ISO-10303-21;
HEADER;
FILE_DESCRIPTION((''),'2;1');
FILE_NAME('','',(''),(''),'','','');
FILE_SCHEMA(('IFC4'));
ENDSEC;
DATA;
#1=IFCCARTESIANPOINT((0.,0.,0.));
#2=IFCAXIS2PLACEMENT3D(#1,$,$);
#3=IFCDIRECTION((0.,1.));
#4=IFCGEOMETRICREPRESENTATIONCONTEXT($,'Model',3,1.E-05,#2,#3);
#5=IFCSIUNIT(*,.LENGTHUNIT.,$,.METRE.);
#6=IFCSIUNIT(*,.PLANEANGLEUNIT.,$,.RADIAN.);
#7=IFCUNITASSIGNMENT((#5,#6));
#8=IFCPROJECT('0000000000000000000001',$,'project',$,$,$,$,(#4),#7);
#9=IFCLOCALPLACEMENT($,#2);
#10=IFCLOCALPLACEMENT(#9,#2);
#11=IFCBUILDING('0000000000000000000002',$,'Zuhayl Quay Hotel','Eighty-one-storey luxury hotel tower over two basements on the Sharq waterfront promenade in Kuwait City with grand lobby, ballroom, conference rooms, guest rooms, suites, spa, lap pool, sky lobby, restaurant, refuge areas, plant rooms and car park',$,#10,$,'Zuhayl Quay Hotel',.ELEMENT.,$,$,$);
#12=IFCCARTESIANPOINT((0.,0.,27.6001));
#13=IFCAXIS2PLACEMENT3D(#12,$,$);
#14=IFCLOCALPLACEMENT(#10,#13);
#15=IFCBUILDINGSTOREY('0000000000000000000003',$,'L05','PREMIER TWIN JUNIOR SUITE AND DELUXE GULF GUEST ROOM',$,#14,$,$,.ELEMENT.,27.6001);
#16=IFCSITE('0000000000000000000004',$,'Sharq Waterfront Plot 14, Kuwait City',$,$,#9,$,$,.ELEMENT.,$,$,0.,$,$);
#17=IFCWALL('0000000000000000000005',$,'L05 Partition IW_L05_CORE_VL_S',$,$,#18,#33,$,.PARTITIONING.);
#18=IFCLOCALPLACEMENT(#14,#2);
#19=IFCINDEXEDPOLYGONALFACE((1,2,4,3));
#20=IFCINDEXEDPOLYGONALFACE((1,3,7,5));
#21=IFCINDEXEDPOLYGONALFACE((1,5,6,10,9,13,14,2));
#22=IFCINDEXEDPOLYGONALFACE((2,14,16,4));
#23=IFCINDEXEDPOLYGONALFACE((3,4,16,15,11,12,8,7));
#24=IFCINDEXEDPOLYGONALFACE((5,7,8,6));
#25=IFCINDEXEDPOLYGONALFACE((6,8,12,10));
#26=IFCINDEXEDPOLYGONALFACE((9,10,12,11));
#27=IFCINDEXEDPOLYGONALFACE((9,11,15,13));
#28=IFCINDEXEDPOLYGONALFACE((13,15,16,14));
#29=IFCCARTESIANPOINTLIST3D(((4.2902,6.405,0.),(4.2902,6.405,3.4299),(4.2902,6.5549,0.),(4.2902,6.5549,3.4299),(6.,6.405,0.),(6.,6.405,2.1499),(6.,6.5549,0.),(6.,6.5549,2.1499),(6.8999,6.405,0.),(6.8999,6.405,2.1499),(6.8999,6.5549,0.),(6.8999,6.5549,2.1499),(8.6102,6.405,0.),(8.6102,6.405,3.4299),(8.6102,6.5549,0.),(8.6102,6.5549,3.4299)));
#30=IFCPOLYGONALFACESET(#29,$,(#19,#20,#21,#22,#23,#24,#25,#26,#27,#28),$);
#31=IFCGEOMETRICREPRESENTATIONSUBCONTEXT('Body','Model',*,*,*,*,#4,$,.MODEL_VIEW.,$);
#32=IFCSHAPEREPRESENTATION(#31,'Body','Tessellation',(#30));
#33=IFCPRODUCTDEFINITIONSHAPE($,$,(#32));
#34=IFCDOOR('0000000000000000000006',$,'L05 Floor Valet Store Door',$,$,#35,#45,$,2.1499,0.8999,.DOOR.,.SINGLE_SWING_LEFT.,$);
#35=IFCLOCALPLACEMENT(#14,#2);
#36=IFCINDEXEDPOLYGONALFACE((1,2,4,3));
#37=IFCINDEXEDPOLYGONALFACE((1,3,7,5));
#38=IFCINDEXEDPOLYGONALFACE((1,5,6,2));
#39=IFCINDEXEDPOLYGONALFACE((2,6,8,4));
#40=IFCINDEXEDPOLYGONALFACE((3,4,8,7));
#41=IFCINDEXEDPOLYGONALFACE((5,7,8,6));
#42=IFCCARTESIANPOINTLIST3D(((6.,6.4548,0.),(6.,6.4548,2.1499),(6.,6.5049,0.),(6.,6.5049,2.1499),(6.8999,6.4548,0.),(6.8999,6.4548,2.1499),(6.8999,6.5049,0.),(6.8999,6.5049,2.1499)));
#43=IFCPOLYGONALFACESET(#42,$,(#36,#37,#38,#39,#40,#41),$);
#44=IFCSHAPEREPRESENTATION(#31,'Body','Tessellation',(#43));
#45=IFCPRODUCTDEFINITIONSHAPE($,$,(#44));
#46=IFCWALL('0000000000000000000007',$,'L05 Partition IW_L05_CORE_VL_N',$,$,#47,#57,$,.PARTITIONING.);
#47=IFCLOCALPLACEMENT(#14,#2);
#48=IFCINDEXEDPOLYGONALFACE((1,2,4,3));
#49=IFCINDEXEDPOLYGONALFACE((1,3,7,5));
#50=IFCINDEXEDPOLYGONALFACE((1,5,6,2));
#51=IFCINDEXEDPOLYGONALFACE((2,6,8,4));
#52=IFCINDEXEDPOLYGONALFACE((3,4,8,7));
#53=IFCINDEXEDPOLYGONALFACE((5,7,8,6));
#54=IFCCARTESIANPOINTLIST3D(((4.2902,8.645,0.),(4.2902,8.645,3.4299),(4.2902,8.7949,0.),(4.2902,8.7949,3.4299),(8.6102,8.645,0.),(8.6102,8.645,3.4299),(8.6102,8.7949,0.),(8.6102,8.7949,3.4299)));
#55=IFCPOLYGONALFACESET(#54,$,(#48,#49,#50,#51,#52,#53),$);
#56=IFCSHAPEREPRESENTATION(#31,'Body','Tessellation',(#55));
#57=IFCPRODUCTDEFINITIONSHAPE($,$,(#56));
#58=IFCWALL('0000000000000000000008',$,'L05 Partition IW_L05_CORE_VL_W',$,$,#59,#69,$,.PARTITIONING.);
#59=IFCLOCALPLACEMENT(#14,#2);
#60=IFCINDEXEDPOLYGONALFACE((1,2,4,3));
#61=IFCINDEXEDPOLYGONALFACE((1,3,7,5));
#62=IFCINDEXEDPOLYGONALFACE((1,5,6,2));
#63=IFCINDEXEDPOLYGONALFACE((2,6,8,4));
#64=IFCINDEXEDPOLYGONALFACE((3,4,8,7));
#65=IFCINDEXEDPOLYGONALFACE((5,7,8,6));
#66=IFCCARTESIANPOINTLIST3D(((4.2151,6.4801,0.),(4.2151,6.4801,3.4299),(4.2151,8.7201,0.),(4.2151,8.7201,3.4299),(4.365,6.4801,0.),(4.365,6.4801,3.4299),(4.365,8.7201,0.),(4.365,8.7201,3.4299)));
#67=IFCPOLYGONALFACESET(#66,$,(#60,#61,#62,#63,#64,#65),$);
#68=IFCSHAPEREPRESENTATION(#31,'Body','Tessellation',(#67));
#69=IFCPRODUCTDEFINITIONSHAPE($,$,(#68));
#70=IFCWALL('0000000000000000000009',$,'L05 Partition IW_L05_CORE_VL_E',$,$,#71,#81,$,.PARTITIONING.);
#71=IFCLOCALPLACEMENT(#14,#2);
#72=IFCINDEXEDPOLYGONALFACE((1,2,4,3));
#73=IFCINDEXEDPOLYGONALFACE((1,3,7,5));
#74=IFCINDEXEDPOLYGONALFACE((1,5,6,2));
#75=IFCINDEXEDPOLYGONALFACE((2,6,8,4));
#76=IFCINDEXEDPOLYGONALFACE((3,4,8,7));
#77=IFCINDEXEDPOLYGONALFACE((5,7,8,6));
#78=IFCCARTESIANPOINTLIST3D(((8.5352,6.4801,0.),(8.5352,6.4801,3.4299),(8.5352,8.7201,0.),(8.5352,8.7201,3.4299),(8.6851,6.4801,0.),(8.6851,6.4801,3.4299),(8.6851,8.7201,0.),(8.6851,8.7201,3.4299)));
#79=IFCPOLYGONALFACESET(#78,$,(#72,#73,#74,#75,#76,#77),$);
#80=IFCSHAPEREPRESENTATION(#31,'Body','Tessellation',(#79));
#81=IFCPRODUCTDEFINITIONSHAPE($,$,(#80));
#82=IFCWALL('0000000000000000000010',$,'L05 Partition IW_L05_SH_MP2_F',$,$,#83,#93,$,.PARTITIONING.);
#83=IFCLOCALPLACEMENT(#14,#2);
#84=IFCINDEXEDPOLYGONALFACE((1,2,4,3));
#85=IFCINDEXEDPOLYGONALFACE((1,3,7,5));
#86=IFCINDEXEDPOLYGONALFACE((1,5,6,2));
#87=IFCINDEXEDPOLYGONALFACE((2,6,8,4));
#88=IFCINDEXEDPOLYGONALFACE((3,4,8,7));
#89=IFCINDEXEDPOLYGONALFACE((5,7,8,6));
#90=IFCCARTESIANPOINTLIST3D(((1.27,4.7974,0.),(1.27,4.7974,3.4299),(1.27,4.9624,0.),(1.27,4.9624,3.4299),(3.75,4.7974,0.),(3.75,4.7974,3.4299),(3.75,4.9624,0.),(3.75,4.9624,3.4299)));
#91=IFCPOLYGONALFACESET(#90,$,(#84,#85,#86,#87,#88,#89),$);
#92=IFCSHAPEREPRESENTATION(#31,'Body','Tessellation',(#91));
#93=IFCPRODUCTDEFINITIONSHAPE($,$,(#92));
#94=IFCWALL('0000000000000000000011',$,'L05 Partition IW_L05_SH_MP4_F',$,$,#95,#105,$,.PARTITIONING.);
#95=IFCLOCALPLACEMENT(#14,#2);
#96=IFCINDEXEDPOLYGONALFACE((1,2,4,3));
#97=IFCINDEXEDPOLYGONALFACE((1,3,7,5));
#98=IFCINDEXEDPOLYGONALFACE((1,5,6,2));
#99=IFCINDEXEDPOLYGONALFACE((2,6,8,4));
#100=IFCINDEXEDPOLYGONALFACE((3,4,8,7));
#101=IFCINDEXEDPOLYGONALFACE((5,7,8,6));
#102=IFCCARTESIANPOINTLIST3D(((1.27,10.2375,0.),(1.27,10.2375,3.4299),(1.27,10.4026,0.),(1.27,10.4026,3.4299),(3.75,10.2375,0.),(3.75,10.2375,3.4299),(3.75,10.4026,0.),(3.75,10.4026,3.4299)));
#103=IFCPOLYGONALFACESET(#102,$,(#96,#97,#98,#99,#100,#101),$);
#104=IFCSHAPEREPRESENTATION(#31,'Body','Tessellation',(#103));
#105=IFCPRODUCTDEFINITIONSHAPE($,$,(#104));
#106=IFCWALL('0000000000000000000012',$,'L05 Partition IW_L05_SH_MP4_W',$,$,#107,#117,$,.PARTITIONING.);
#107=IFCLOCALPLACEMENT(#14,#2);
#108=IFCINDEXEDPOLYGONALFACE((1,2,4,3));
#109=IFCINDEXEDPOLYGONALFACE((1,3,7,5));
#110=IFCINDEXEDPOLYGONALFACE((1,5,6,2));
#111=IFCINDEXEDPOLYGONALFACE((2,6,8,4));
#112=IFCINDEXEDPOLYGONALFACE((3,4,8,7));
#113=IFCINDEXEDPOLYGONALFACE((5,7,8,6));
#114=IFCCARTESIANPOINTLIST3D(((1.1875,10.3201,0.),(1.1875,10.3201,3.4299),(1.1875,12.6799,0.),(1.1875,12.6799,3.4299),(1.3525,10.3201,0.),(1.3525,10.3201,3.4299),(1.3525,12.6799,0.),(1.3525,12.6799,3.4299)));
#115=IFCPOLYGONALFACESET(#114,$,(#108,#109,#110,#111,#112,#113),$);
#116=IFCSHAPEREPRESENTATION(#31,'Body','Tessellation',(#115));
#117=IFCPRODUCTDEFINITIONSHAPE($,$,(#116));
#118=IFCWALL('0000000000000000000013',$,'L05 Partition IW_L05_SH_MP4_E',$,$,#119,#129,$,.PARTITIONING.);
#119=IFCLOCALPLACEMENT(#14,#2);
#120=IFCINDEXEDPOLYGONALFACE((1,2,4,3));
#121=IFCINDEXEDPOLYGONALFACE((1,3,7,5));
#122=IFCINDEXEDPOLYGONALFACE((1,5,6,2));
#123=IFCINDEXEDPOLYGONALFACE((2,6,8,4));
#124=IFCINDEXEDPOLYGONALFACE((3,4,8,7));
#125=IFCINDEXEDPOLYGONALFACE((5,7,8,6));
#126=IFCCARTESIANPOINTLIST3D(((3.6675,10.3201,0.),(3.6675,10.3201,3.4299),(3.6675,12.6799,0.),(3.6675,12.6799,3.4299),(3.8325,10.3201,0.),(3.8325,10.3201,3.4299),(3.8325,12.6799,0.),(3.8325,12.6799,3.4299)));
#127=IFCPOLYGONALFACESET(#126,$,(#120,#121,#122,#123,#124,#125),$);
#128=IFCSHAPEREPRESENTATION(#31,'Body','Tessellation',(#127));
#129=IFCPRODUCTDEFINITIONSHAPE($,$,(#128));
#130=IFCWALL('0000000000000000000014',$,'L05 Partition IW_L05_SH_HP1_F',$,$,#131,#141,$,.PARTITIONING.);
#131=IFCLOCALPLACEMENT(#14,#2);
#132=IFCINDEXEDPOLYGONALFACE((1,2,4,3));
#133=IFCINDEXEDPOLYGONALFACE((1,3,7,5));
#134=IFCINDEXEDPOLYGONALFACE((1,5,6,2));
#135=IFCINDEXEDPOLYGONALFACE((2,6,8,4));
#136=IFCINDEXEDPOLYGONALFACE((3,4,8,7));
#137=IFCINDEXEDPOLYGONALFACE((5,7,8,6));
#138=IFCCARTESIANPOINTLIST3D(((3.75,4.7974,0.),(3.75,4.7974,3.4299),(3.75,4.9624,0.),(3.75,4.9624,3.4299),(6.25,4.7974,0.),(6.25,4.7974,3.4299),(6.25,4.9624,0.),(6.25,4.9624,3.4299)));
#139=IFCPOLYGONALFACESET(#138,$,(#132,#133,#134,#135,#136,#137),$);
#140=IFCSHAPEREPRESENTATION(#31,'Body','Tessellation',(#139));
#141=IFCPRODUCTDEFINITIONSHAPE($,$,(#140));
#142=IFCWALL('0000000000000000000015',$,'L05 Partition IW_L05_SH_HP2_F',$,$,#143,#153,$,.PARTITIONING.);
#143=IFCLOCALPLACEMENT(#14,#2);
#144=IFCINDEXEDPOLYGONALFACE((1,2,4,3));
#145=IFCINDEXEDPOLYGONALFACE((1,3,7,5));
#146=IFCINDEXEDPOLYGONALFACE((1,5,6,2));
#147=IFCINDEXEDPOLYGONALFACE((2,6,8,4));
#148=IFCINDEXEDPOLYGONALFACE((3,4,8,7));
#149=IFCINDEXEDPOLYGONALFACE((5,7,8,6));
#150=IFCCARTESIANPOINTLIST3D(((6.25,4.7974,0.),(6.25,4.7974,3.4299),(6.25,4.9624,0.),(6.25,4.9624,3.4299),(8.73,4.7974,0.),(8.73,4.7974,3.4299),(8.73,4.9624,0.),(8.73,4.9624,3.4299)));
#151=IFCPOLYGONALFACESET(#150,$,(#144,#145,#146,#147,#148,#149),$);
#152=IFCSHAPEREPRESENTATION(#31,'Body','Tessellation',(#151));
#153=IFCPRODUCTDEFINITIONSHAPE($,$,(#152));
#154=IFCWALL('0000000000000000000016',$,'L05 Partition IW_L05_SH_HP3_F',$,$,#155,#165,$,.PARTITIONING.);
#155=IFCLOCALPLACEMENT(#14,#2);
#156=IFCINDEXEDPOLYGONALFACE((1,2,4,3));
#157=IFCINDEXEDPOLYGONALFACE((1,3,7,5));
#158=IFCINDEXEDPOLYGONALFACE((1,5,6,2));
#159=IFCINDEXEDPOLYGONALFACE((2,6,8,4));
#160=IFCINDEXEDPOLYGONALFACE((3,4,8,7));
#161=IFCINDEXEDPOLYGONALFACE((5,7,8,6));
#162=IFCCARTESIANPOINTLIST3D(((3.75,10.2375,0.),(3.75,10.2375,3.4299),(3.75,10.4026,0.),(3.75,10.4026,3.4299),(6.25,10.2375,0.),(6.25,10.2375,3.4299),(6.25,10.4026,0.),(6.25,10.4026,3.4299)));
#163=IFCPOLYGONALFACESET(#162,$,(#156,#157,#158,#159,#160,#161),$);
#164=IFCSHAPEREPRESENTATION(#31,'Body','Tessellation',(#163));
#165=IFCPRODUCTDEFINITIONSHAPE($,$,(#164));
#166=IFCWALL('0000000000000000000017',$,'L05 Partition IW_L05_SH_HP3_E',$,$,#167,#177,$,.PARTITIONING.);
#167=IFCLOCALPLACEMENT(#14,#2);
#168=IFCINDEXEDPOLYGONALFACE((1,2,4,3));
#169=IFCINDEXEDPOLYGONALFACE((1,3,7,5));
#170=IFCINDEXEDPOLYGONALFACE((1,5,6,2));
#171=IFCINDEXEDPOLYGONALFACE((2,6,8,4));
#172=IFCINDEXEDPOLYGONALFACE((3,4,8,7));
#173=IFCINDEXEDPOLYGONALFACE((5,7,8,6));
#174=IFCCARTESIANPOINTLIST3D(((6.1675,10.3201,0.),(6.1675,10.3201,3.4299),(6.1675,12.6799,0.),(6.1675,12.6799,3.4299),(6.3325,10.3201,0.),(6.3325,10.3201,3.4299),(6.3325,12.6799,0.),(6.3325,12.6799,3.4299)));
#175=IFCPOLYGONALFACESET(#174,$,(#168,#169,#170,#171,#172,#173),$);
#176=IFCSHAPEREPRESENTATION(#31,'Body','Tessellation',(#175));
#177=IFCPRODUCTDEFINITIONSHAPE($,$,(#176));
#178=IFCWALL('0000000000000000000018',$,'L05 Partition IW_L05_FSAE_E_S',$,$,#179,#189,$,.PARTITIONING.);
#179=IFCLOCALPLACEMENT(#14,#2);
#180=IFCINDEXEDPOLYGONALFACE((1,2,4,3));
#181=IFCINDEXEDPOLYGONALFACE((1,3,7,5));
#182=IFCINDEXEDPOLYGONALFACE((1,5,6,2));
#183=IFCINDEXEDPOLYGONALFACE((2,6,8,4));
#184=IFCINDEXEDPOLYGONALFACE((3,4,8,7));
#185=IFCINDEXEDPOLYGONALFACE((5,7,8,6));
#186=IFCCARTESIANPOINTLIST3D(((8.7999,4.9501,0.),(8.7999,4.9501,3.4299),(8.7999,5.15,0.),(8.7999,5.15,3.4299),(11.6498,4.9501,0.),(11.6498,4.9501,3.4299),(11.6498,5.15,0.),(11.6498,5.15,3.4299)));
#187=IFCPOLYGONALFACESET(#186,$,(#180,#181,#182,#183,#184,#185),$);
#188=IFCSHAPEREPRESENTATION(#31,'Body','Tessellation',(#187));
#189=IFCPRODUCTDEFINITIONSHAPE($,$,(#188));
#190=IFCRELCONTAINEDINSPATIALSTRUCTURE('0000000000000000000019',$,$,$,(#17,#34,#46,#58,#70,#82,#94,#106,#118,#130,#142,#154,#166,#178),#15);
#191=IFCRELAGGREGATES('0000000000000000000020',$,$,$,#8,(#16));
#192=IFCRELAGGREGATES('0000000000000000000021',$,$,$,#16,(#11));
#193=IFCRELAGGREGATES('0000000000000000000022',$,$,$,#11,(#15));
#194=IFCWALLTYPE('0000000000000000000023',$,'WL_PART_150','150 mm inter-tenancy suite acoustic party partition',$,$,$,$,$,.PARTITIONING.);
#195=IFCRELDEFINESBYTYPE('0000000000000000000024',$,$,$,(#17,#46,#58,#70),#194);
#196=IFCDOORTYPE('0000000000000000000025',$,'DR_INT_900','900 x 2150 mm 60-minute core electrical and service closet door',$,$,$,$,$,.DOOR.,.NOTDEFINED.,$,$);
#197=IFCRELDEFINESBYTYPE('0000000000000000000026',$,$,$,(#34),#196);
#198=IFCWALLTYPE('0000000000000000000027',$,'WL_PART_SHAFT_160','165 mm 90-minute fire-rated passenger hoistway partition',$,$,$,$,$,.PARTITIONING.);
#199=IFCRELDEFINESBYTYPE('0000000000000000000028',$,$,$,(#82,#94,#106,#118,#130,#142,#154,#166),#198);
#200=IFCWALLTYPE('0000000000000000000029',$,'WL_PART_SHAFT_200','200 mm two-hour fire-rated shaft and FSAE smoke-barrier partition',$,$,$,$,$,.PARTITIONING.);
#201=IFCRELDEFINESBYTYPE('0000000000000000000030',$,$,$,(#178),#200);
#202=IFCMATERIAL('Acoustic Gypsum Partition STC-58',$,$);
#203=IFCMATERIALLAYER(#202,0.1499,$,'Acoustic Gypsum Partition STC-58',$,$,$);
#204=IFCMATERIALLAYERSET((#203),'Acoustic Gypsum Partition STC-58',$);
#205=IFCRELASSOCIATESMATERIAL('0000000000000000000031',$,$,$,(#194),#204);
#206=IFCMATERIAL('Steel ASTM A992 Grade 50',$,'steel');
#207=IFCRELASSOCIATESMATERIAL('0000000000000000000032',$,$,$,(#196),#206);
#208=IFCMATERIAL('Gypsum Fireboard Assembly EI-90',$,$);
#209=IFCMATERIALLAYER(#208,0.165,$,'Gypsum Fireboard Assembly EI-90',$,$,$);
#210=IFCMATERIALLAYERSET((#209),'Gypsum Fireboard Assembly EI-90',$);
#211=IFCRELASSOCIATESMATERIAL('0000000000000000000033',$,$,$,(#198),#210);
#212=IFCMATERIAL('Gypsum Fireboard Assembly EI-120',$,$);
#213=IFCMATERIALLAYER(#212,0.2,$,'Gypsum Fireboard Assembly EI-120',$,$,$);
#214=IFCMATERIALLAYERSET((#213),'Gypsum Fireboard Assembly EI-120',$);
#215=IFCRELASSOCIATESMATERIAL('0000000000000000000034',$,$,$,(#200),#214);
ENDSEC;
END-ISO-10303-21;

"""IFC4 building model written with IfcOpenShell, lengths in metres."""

from ifc_helpers import new_model, si_unit, direction, frame, frame_2d, origin, place, context, subcontext, project, spatial, rectangle, extrude, material, layer, layer_set, type_object, element, fill, save


model = new_model("IFC4")

# Units and contexts
model_context = context("Model", 3, precision=1e-05, world=origin(), true_north=direction((0.0, 1.0)))
body_context = subcontext(model_context, "Body", "Model", "MODEL_VIEW")
ifc_project = project(units=[si_unit("LENGTHUNIT", "METRE"), si_unit("PLANEANGLEUNIT", "RADIAN")], contexts=[model_context])

# Site, building, storey
site_placement = place(None, origin())
site = spatial("IfcSite", under=ifc_project, at=site_placement, Name="Sharq Waterfront Plot 14, Kuwait City", CompositionType="ELEMENT", RefElevation=0.0)
building_placement = place(site_placement, origin())
building = spatial("IfcBuilding", under=site, at=building_placement, Name="Zuhayl Quay Hotel", Description="Eighty-one-storey luxury hotel tower over two basements on the Sharq waterfront promenade in Kuwait City with grand lobby, ballroom, conference rooms, guest rooms, suites, spa, lap pool, sky lobby, restaurant, refuge areas, plant rooms and car park", LongName="Zuhayl Quay Hotel", CompositionType="ELEMENT")
storey_placement = place(building_placement, frame((0.0, 0.0, 27.6001)))
storey = spatial("IfcBuildingStorey", under=building, at=storey_placement, Name="L05", Description="PREMIER TWIN JUNIOR SUITE AND DELUXE GULF GUEST ROOM", CompositionType="ELEMENT", Elevation=27.6001)

# Wall, opening, door
ifc_material_1 = material(Name="Acoustic Gypsum Partition STC-58")
ifc_layer_1 = layer(ifc_material_1, 0.1499, Name="Acoustic Gypsum Partition STC-58")
ifc_layer_set_1 = layer_set([ifc_layer_1], Name="Acoustic Gypsum Partition STC-58")
wall_type_1 = type_object("IfcWallType", Name="WL_PART_150", Description="150 mm inter-tenancy suite acoustic party partition", PredefinedType="PARTITIONING", material=ifc_layer_set_1)
wall_1_placement = place(storey_placement, frame((4.29, 6.48, 0.0), z_axis=(0.0, 0.0, 1.0), x_axis=(1.0, 0.0, 0.0)))
wall_1 = element("IfcWall", 1, at=wall_1_placement, inside=storey, type_object=wall_type_1, Name="L05 Partition IW_L05_CORE_VL_S", PredefinedType="PARTITIONING", context=body_context, shape_type="SweptSolid", body=[
    extrude(rectangle(XDim=4.3201, YDim=0.1499, at=frame_2d((2.1602, 0.0))), origin(), (0.0, 0.0, 1.0), 3.4299),
])
opening_placement = place(wall_1_placement, frame((1.71, 0.0, 0.0)))
opening = element("IfcOpeningElement", 2, at=opening_placement, cuts=wall_1, PredefinedType="OPENING", context=body_context, shape_type="SweptSolid", body=[
    extrude(rectangle(XDim=0.8999, YDim=2.1499, at=frame_2d((0.45, 1.075))), frame((0.0, 0.085, 0.0), z_axis=(0.0, -1.0, 0.0), x_axis=(1.0, 0.0, 0.0)), (0.0, 0.0, 1.0), 0.1699),
])
ifc_material_2 = material(Name="Steel ASTM A992 Grade 50", Category="steel")
door_type = type_object("IfcDoorType", Name="DR_INT_900", Description="900 x 2150 mm 60-minute core electrical and service closet door", OperationType="NOTDEFINED", PredefinedType="DOOR", material=ifc_material_2)
door_placement = place(opening_placement, origin())
door = element("IfcDoor", 3, at=door_placement, inside=storey, type_object=door_type, Name="L05 Floor Valet Store Door", OperationType="SINGLE_SWING_LEFT", OverallHeight=2.1499, OverallWidth=0.8999, PredefinedType="DOOR", context=body_context, shape_type="SweptSolid", body=[
    extrude(rectangle(XDim=0.8999, YDim=2.1499, at=frame_2d((0.45, 1.075))), frame((0.0, 0.0249, 0.0), z_axis=(0.0, -1.0, 0.0), x_axis=(1.0, 0.0, 0.0)), (0.0, 0.0, 1.0), 0.05),
])
fill(opening, door)

# Walls
wall_2_placement = place(storey_placement, frame((4.29, 8.72, 0.0), z_axis=(0.0, 0.0, 1.0), x_axis=(1.0, 0.0, 0.0)))
element("IfcWall", 4, at=wall_2_placement, inside=storey, type_object=wall_type_1, Name="L05 Partition IW_L05_CORE_VL_N", PredefinedType="PARTITIONING", context=body_context, shape_type="SweptSolid", body=[
    extrude(rectangle(XDim=4.3201, YDim=0.1499, at=frame_2d((2.1602, 0.0))), origin(), (0.0, 0.0, 1.0), 3.4299),
])
for number, where, z_axis, x_axis, name in (
    (5, (4.29, 6.48, 0.0), (0.0, 0.0, 1.0), (0.0, 1.0, 0.0), "L05 Partition IW_L05_CORE_VL_W"),
    (6, (8.6101, 6.48, 0.0), (0.0, 0.0, 1.0), (0.0, 1.0, 0.0), "L05 Partition IW_L05_CORE_VL_E"),
):
    element("IfcWall", number, at=place(storey_placement, frame(where, z_axis=z_axis, x_axis=x_axis)), inside=storey, type_object=wall_type_1, Name=name, PredefinedType="PARTITIONING", context=body_context, shape_type="SweptSolid", body=[
        extrude(rectangle(XDim=2.24, YDim=0.1499, at=frame_2d((1.1201, 0.0))), origin(), (0.0, 0.0, 1.0), 3.4299),
    ])
ifc_material_3 = material(Name="Gypsum Fireboard Assembly EI-90")
ifc_layer_2 = layer(ifc_material_3, 0.165, Name="Gypsum Fireboard Assembly EI-90")
ifc_layer_set_2 = layer_set([ifc_layer_2], Name="Gypsum Fireboard Assembly EI-90")
wall_type_2 = type_object("IfcWallType", Name="WL_PART_SHAFT_160", Description="165 mm 90-minute fire-rated passenger hoistway partition", PredefinedType="PARTITIONING", material=ifc_layer_set_2)
for number, where, z_axis, x_axis, name in (
    (7, (1.27, 4.8799, 0.0), (0.0, 0.0, 1.0), (1.0, 0.0, 0.0), "L05 Partition IW_L05_SH_MP2_F"),
    (8, (1.27, 10.3201, 0.0), (0.0, 0.0, 1.0), (1.0, 0.0, 0.0), "L05 Partition IW_L05_SH_MP4_F"),
):
    element("IfcWall", number, at=place(storey_placement, frame(where, z_axis=z_axis, x_axis=x_axis)), inside=storey, type_object=wall_type_2, Name=name, PredefinedType="PARTITIONING", context=body_context, shape_type="SweptSolid", body=[
        extrude(rectangle(XDim=2.48, YDim=0.165, at=frame_2d((1.24, 0.0))), origin(), (0.0, 0.0, 1.0), 3.4299),
    ])
for number, where, z_axis, x_axis, name in (
    (9, (1.27, 10.3201, 0.0), (0.0, 0.0, 1.0), (0.0, 1.0, 0.0), "L05 Partition IW_L05_SH_MP4_W"),
    (10, (3.75, 10.3201, 0.0), (0.0, 0.0, 1.0), (0.0, 1.0, 0.0), "L05 Partition IW_L05_SH_MP4_E"),
):
    element("IfcWall", number, at=place(storey_placement, frame(where, z_axis=z_axis, x_axis=x_axis)), inside=storey, type_object=wall_type_2, Name=name, PredefinedType="PARTITIONING", context=body_context, shape_type="SweptSolid", body=[
        extrude(rectangle(XDim=2.3599, YDim=0.165, at=frame_2d((1.1799, 0.0))), origin(), (0.0, 0.0, 1.0), 3.4299),
    ])
wall_3_placement = place(storey_placement, frame((3.75, 4.8799, 0.0), z_axis=(0.0, 0.0, 1.0), x_axis=(1.0, 0.0, 0.0)))
element("IfcWall", 11, at=wall_3_placement, inside=storey, type_object=wall_type_2, Name="L05 Partition IW_L05_SH_HP1_F", PredefinedType="PARTITIONING", context=body_context, shape_type="SweptSolid", body=[
    extrude(rectangle(XDim=2.5, YDim=0.165, at=frame_2d((1.25, 0.0))), origin(), (0.0, 0.0, 1.0), 3.4299),
])
wall_4_placement = place(storey_placement, frame((6.25, 4.8799, 0.0), z_axis=(0.0, 0.0, 1.0), x_axis=(1.0, 0.0, 0.0)))
element("IfcWall", 12, at=wall_4_placement, inside=storey, type_object=wall_type_2, Name="L05 Partition IW_L05_SH_HP2_F", PredefinedType="PARTITIONING", context=body_context, shape_type="SweptSolid", body=[
    extrude(rectangle(XDim=2.48, YDim=0.165, at=frame_2d((1.24, 0.0))), origin(), (0.0, 0.0, 1.0), 3.4299),
])
wall_5_placement = place(storey_placement, frame((3.75, 10.3201, 0.0), z_axis=(0.0, 0.0, 1.0), x_axis=(1.0, 0.0, 0.0)))
element("IfcWall", 13, at=wall_5_placement, inside=storey, type_object=wall_type_2, Name="L05 Partition IW_L05_SH_HP3_F", PredefinedType="PARTITIONING", context=body_context, shape_type="SweptSolid", body=[
    extrude(rectangle(XDim=2.5, YDim=0.165, at=frame_2d((1.25, 0.0))), origin(), (0.0, 0.0, 1.0), 3.4299),
])
wall_6_placement = place(storey_placement, frame((6.25, 10.3201, 0.0), z_axis=(0.0, 0.0, 1.0), x_axis=(0.0, 1.0, 0.0)))
element("IfcWall", 14, at=wall_6_placement, inside=storey, type_object=wall_type_2, Name="L05 Partition IW_L05_SH_HP3_E", PredefinedType="PARTITIONING", context=body_context, shape_type="SweptSolid", body=[
    extrude(rectangle(XDim=2.3599, YDim=0.165, at=frame_2d((1.1799, 0.0))), origin(), (0.0, 0.0, 1.0), 3.4299),
])
ifc_material_4 = material(Name="Gypsum Fireboard Assembly EI-120")
ifc_layer_3 = layer(ifc_material_4, 0.2, Name="Gypsum Fireboard Assembly EI-120")
ifc_layer_set_3 = layer_set([ifc_layer_3], Name="Gypsum Fireboard Assembly EI-120")
wall_type_3 = type_object("IfcWallType", Name="WL_PART_SHAFT_200", Description="200 mm two-hour fire-rated shaft and FSAE smoke-barrier partition", PredefinedType="PARTITIONING", material=ifc_layer_set_3)
wall_7_placement = place(storey_placement, frame((8.8, 5.05, 0.0), z_axis=(0.0, 0.0, 1.0), x_axis=(1.0, 0.0, 0.0)))
element("IfcWall", 15, at=wall_7_placement, inside=storey, type_object=wall_type_3, Name="L05 Partition IW_L05_FSAE_E_S", PredefinedType="PARTITIONING", context=body_context, shape_type="SweptSolid", body=[
    extrude(rectangle(XDim=2.8499, YDim=0.2, at=frame_2d((1.4248, 0.0))), origin(), (0.0, 0.0, 1.0), 3.4299),
])

save(model, "model.ifc")
